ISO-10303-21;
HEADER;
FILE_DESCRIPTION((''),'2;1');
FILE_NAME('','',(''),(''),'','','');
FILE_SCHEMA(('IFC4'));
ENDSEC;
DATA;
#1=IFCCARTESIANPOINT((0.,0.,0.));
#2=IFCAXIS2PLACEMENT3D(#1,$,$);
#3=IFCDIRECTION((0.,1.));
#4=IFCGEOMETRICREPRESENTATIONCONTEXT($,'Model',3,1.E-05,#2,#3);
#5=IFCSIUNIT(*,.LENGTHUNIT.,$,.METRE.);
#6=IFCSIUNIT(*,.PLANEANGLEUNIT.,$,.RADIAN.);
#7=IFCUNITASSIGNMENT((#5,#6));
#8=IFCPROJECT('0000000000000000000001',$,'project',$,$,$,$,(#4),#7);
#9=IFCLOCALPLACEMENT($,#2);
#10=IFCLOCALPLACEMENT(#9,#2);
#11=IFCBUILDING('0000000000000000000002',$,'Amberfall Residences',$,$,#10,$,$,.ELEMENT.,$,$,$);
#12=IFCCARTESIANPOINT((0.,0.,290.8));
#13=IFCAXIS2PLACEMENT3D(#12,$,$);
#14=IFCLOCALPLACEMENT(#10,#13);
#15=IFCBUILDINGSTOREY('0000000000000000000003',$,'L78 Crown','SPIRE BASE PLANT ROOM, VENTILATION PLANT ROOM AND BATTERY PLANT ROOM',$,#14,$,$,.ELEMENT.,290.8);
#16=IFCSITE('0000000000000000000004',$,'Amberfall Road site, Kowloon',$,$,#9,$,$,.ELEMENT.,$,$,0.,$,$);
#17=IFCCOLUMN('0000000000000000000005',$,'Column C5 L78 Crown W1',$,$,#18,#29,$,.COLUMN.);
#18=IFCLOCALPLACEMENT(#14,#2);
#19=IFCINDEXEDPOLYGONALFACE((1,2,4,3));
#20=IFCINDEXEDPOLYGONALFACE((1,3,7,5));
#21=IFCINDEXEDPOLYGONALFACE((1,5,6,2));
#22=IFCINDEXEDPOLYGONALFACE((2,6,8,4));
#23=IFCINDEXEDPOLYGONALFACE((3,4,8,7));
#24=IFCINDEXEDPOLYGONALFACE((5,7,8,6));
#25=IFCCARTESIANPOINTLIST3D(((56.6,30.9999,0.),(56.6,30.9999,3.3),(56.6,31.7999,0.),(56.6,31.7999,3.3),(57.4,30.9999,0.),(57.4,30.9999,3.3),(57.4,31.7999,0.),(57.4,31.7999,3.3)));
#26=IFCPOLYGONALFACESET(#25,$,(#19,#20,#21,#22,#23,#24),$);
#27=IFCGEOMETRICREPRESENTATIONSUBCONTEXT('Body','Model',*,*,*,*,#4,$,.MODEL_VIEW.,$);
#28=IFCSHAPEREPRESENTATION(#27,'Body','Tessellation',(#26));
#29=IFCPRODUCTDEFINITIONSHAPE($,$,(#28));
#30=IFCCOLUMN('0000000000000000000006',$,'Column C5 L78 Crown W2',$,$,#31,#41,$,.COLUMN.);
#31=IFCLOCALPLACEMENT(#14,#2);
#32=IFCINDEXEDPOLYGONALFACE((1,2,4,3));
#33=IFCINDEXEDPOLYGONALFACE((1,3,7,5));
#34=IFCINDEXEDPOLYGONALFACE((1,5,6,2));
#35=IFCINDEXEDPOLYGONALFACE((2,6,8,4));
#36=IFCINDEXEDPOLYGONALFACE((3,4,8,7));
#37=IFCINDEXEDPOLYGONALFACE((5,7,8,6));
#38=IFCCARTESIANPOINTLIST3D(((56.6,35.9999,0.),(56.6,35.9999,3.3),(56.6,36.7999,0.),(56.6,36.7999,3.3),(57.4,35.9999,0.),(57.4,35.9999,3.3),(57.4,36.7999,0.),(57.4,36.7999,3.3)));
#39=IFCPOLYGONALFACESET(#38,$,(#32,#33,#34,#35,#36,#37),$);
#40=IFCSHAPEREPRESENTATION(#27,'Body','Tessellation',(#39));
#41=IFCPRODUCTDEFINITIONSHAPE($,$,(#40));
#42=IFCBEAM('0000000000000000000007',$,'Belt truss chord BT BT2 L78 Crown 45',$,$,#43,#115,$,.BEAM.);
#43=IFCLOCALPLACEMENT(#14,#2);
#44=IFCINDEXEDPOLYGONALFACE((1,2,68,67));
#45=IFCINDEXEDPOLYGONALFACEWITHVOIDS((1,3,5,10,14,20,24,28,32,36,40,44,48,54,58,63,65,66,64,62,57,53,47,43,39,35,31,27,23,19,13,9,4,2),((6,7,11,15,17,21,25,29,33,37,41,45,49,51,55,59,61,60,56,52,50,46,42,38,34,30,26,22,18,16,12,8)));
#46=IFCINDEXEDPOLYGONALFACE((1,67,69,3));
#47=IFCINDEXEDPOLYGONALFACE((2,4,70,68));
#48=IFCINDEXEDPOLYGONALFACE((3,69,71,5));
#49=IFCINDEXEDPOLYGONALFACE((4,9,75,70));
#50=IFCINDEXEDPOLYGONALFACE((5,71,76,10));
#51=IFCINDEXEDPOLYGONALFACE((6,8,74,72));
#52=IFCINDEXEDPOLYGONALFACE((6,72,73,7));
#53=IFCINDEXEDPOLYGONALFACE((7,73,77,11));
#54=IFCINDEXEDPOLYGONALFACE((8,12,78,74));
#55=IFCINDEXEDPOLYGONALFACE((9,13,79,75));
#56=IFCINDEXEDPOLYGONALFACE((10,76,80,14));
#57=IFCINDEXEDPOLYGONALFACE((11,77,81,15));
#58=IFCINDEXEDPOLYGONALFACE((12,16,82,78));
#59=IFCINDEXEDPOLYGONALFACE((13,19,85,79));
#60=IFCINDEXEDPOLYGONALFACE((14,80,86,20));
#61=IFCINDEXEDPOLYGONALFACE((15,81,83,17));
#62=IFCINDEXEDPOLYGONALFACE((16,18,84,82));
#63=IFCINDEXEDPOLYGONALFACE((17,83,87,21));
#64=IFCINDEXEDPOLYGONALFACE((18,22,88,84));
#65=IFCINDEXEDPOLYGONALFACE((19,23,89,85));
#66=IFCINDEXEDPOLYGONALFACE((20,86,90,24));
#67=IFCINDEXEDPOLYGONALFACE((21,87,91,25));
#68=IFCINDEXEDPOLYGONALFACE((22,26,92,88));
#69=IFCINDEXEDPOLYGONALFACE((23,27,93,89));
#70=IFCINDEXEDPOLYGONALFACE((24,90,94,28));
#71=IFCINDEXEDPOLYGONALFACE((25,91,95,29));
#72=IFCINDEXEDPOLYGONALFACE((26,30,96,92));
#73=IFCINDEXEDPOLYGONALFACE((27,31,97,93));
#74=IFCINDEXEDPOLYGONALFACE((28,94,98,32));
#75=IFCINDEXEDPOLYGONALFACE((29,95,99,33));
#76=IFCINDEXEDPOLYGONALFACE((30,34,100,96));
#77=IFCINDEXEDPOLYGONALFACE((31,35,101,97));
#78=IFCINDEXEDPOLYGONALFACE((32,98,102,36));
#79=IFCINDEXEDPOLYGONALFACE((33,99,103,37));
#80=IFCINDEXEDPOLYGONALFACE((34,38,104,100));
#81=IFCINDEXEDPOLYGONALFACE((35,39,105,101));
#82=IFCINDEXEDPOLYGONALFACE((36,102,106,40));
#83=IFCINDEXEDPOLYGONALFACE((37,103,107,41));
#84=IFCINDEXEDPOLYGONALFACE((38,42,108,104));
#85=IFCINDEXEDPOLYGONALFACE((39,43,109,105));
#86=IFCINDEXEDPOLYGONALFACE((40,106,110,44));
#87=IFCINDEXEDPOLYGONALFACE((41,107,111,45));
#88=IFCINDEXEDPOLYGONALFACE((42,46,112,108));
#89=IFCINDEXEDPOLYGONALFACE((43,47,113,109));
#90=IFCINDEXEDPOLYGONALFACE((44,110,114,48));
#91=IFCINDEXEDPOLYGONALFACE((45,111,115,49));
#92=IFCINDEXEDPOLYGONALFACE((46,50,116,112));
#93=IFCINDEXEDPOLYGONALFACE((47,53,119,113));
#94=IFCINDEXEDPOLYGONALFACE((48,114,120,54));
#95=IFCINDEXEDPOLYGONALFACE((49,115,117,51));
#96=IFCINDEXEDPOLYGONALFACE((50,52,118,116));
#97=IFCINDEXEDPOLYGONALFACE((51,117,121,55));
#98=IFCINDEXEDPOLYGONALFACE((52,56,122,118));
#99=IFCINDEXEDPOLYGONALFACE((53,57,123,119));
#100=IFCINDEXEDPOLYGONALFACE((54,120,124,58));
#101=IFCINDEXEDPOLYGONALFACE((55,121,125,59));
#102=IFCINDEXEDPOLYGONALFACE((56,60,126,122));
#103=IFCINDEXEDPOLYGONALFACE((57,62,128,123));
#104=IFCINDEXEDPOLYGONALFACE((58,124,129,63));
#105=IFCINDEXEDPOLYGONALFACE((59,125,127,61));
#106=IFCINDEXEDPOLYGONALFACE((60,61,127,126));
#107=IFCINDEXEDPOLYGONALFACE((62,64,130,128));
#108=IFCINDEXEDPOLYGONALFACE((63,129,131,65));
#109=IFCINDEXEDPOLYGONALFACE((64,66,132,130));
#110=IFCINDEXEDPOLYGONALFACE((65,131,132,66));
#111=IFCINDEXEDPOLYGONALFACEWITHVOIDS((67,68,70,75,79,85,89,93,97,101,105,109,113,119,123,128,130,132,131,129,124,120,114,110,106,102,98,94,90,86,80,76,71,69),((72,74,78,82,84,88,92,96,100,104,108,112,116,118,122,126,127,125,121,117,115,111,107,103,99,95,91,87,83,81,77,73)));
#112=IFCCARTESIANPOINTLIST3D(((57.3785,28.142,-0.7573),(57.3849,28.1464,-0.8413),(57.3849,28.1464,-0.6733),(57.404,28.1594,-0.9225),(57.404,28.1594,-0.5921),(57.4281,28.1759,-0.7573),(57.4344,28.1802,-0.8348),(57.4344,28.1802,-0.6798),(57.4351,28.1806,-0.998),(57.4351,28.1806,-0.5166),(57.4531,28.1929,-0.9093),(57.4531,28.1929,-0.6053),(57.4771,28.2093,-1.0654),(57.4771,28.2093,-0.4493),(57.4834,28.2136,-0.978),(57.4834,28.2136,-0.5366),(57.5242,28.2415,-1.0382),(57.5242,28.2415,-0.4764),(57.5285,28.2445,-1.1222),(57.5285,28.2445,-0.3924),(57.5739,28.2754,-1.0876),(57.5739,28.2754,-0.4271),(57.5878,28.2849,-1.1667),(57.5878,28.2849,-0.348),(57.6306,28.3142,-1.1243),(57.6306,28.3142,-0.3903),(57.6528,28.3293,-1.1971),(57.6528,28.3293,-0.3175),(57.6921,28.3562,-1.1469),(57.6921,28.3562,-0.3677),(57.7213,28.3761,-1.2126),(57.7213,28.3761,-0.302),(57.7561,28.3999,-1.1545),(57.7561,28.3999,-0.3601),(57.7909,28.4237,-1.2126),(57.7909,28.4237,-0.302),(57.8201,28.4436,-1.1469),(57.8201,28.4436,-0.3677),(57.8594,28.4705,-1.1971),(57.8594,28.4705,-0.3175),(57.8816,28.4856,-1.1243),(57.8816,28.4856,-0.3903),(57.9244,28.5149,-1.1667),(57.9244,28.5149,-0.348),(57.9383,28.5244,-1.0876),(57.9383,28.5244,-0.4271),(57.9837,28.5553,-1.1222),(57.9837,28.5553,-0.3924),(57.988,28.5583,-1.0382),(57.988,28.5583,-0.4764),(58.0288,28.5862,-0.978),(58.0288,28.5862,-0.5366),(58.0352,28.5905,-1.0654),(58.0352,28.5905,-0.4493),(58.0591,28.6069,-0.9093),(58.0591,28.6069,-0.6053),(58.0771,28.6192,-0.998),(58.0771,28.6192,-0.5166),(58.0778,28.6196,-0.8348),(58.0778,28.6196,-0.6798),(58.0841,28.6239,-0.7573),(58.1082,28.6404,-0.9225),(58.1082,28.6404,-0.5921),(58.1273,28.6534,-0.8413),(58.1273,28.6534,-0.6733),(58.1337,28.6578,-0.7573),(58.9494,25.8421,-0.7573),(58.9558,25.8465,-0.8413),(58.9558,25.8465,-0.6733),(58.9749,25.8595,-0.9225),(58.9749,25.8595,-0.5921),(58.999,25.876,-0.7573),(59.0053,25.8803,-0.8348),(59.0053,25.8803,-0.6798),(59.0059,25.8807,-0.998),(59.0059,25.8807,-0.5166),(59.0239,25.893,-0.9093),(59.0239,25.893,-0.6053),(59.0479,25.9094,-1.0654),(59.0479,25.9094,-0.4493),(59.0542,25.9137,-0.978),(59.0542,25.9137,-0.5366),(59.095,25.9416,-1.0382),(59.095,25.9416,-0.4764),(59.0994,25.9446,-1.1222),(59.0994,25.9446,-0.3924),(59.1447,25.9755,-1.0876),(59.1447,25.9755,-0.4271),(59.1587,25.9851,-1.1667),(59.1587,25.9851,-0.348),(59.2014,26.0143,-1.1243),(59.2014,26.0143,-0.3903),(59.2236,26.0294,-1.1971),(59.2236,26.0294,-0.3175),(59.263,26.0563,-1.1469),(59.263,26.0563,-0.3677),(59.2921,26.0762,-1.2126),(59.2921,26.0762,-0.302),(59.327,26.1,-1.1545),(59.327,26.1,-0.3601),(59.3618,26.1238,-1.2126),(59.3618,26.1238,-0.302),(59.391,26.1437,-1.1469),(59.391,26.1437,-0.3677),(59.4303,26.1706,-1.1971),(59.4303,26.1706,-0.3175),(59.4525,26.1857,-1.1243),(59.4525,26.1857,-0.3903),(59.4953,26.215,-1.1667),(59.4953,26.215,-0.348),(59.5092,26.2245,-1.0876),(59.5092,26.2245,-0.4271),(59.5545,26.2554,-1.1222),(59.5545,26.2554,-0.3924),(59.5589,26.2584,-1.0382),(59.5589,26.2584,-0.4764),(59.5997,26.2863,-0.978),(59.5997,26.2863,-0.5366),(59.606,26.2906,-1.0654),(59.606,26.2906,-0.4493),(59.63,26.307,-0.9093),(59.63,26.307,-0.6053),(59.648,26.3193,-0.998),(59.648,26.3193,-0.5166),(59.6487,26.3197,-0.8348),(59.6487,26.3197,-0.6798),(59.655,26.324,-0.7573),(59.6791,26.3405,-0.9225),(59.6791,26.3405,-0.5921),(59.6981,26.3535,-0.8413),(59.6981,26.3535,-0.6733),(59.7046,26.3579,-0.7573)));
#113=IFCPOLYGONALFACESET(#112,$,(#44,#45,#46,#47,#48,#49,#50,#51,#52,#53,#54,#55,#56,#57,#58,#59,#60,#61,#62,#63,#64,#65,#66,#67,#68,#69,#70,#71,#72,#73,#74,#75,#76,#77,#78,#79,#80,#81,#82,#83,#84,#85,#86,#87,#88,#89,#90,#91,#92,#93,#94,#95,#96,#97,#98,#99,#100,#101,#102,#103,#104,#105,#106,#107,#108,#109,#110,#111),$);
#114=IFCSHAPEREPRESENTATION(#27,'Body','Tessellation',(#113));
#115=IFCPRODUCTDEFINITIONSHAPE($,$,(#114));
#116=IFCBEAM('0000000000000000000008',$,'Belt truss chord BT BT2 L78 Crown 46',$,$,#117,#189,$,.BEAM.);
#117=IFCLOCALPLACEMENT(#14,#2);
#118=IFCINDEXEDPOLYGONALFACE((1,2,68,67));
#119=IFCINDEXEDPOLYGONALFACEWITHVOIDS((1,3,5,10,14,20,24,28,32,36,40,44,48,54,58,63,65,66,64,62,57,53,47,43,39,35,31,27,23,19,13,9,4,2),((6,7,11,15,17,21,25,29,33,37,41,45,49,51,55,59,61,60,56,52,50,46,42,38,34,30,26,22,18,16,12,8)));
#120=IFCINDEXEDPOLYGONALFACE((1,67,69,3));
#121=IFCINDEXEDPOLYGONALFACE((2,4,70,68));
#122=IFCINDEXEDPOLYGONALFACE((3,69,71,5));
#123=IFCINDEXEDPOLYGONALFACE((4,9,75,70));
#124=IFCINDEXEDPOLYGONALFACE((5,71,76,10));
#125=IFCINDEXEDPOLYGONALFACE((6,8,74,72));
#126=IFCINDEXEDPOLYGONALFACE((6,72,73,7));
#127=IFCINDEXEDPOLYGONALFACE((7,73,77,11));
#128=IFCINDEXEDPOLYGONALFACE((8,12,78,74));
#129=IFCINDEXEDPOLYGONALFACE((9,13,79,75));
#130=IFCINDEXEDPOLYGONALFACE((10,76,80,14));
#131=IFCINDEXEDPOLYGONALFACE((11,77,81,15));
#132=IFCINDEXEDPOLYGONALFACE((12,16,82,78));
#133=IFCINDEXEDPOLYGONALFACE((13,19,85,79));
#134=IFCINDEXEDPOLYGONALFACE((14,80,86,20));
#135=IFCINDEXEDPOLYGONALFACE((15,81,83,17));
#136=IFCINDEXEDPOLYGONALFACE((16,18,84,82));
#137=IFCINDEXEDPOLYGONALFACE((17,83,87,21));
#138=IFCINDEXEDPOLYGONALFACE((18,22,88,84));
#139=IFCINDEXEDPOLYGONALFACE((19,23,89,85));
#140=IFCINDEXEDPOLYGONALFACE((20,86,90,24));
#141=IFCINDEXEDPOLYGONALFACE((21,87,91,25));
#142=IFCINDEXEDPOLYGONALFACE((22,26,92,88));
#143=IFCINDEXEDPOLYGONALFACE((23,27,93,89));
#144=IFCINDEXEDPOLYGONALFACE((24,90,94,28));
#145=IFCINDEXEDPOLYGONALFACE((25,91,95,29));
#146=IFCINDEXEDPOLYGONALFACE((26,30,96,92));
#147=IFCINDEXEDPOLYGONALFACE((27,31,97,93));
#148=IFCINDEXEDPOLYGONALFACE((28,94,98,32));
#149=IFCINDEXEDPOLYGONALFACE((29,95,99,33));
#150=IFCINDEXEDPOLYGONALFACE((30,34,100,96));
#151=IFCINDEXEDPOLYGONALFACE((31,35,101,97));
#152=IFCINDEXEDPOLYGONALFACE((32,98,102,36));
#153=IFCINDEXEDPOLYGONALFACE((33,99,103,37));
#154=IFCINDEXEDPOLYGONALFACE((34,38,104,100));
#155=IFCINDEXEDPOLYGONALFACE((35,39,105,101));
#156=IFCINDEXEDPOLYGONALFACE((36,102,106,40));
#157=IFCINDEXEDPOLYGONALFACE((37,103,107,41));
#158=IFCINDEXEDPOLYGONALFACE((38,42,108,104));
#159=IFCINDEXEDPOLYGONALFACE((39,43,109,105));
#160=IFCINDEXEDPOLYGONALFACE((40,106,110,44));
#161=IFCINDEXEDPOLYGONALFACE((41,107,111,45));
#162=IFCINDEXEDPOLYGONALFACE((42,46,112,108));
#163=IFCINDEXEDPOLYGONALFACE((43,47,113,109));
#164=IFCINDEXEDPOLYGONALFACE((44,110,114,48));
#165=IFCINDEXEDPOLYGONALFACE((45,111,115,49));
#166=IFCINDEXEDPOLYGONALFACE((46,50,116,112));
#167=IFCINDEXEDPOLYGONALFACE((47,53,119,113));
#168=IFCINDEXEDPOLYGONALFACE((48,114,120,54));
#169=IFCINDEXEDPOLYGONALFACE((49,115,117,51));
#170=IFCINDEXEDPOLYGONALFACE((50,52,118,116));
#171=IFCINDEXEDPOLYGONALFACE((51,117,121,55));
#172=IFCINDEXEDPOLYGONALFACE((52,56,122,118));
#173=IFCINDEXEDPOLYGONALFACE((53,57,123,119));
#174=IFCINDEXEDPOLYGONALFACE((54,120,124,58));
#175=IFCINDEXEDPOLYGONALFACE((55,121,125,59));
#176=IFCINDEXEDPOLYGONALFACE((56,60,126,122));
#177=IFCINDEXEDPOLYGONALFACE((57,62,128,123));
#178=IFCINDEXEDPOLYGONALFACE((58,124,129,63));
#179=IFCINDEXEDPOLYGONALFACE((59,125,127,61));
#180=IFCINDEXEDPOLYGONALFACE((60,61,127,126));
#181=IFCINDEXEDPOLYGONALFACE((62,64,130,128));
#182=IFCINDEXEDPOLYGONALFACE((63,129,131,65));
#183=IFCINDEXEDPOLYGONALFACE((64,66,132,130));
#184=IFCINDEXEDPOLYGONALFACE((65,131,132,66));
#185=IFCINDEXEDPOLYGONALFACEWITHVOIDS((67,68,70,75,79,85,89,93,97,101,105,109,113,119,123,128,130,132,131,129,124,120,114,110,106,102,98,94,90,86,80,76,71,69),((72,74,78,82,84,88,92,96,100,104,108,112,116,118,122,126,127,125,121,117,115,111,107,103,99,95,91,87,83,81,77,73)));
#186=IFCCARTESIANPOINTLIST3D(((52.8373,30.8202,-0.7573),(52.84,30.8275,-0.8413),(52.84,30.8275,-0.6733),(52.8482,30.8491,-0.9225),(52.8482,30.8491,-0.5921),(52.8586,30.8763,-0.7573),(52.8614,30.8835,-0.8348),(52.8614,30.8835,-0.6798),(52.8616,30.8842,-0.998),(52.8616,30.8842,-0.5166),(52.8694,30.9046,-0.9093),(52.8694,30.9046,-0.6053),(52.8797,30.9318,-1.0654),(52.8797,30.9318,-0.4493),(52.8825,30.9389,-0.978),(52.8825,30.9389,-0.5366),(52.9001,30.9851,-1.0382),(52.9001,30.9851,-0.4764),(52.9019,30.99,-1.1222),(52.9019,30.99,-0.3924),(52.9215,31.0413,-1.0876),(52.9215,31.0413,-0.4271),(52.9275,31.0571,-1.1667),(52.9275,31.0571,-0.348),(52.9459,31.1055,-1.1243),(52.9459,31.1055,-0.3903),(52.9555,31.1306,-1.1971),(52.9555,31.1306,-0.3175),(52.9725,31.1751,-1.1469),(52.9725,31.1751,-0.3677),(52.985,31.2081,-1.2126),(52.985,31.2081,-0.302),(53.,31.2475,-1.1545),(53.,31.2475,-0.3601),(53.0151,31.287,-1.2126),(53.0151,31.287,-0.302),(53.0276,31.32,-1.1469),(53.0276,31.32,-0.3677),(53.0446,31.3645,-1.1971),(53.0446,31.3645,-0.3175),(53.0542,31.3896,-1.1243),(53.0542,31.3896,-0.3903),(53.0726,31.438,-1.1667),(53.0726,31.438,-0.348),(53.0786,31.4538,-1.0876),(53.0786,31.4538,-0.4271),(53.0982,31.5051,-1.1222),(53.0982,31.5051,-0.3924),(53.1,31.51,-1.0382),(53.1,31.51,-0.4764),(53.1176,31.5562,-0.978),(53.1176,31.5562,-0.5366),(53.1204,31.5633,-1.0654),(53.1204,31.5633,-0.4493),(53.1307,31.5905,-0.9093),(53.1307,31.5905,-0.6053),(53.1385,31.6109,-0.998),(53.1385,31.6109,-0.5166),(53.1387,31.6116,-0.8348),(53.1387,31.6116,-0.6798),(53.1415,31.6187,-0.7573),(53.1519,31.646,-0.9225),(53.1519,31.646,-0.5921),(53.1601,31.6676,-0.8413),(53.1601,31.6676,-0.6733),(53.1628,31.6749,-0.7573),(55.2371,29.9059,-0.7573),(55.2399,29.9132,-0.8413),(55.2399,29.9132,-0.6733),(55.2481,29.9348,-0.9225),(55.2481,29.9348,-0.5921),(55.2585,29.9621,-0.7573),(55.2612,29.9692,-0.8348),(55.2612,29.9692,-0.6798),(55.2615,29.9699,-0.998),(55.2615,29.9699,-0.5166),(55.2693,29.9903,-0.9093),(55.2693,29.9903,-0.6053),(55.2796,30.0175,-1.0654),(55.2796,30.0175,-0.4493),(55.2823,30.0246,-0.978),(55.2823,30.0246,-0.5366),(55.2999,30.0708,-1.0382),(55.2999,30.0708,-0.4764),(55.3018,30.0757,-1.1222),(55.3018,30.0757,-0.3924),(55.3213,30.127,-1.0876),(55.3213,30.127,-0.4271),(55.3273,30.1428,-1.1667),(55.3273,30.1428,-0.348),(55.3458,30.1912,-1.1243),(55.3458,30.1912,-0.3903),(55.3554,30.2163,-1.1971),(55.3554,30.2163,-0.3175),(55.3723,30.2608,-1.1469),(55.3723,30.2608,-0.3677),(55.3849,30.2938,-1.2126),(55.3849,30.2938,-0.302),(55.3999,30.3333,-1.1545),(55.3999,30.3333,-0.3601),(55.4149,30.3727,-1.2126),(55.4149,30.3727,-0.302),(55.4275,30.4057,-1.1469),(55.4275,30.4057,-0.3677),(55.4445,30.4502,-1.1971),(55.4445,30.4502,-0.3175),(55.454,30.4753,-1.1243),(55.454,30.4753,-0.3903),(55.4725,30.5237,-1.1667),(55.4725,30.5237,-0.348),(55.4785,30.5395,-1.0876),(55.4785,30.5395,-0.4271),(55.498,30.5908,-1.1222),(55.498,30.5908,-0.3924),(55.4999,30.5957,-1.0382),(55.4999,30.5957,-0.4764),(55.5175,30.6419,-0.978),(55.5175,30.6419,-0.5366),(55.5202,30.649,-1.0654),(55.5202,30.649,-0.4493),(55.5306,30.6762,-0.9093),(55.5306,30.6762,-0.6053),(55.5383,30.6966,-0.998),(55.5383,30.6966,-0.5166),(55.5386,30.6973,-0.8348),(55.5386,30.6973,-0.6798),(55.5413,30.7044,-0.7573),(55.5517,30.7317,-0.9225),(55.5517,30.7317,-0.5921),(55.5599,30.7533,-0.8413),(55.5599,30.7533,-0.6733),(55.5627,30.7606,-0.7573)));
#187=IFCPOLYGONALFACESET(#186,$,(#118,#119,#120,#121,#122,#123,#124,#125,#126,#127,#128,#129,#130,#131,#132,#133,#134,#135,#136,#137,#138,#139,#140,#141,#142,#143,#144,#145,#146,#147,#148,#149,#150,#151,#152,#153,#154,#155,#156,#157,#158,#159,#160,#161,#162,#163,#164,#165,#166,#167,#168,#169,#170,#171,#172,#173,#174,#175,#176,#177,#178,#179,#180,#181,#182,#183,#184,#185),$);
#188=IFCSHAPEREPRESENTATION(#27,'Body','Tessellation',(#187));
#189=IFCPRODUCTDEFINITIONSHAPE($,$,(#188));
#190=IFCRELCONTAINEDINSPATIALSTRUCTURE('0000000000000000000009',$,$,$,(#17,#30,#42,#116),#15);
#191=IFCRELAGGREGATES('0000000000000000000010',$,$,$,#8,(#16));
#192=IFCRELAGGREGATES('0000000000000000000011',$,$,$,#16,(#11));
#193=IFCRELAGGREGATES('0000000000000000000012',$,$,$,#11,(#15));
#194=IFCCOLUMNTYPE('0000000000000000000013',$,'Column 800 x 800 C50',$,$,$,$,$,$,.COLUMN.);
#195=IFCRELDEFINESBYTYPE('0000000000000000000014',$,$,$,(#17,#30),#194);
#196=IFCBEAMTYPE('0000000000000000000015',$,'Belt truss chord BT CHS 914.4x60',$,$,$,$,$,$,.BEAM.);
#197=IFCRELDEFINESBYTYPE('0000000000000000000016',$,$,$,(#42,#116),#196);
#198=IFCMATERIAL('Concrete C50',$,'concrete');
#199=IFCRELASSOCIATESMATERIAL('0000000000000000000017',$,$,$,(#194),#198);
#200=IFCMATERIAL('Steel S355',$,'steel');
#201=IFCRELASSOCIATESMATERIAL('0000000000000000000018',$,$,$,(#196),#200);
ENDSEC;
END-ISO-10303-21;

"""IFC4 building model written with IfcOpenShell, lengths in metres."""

from ifc_helpers import new_model, si_unit, direction, frame, origin, origin_2d, place, context, subcontext, project, spatial, rectangle, hollow_circle, extrude, material, material_profile, profile_set, type_object, element, save


model = new_model("IFC4")

# Units and contexts
model_context = context("Model", 3, precision=1e-05, world=origin(), true_north=direction((0.0, 1.0)))
body_context = subcontext(model_context, "Body", "Model", "MODEL_VIEW")
ifc_project = project(units=[si_unit("LENGTHUNIT", "METRE"), si_unit("PLANEANGLEUNIT", "RADIAN")], contexts=[model_context])

# Site, building, storey
site_placement = place(None, origin())
site = spatial("IfcSite", under=ifc_project, at=site_placement, Name="Amberfall Road site, Kowloon", CompositionType="ELEMENT", RefElevation=0.0)
building_placement = place(site_placement, origin())
building = spatial("IfcBuilding", under=site, at=building_placement, Name="Amberfall Residences", CompositionType="ELEMENT")
storey_placement = place(building_placement, frame((0.0, 0.0, 290.8)))
storey = spatial("IfcBuildingStorey", under=building, at=storey_placement, Name="L78 Crown", Description="SPIRE BASE PLANT ROOM, VENTILATION PLANT ROOM AND BATTERY PLANT ROOM", CompositionType="ELEMENT", Elevation=290.8)

# Columns
ifc_material_1 = material(Name="Concrete C50", Category="concrete")
ifc_material_profile_1 = material_profile(ifc_material_1, rectangle(XDim=0.8, YDim=0.8, at=origin_2d()), Name="Column 800 x 800 C50")
ifc_profile_set_1 = profile_set([ifc_material_profile_1], Name="Concrete C50")
column_type = type_object("IfcColumnType", Name="Column 800 x 800 C50", PredefinedType="COLUMN", material=ifc_profile_set_1)
for number, where, z_axis, x_axis, name in (
    (1, (57.0, 31.3999, 0.0), (0.0, 0.0, 1.0), (1.0, 0.0, 0.0), "Column C5 L78 Crown W1"),
    (2, (57.0, 36.3999, 0.0), (0.0, 0.0, 1.0), (1.0, 0.0, 0.0), "Column C5 L78 Crown W2"),
):
    element("IfcColumn", number, at=place(storey_placement, frame(where, z_axis=z_axis, x_axis=x_axis)), inside=storey, type_object=column_type, Name=name, PredefinedType="COLUMN", context=body_context, shape_type="SweptSolid", body=[
        extrude(rectangle(XDim=0.8, YDim=0.8, at=origin_2d()), origin(), (0.0, 0.0, 1.0), 3.3),
    ])

# Beams
ifc_material_2 = material(Name="Steel S355", Category="steel")
ifc_material_profile_2 = material_profile(ifc_material_2, hollow_circle(Radius=0.4573, WallThickness=0.0601, at=origin_2d()), Name="CHS 914.4x60")
ifc_profile_set_2 = profile_set([ifc_material_profile_2], Name="Steel S355")
beam_type_1 = type_object("IfcBeamType", Name="Belt truss chord BT CHS 914.4x60", PredefinedType="BEAM", material=ifc_profile_set_2)
beam_1_placement = place(storey_placement, frame((57.7561, 28.3999, -0.7573), z_axis=(0.564011, -0.825767, 0.0), x_axis=(0.825767, 0.564011, 0.0)))
element("IfcBeam", 3, at=beam_1_placement, inside=storey, type_object=beam_type_1, Name="Belt truss chord BT BT2 L78 Crown 45", PredefinedType="BEAM", context=body_context, shape_type="SweptSolid", body=[
    extrude(hollow_circle(Radius=0.4573, WallThickness=0.0601, at=origin_2d()), origin(), (0.0, 0.0, 1.0), 2.7852),
])
beam_2_placement = place(storey_placement, frame((55.3999, 30.3333, -0.7573), z_axis=(-0.93448, 0.356015, 0.0), x_axis=(-0.356015, -0.93448, 0.0)))
element("IfcBeam", 4, at=beam_2_placement, inside=storey, type_object=beam_type_1, Name="Belt truss chord BT BT2 L78 Crown 46", PredefinedType="BEAM", context=body_context, shape_type="SweptSolid", body=[
    extrude(hollow_circle(Radius=0.4573, WallThickness=0.0601, at=origin_2d()), origin(), (0.0, 0.0, 1.0), 2.5681),
])

save(model, "model.ifc")
